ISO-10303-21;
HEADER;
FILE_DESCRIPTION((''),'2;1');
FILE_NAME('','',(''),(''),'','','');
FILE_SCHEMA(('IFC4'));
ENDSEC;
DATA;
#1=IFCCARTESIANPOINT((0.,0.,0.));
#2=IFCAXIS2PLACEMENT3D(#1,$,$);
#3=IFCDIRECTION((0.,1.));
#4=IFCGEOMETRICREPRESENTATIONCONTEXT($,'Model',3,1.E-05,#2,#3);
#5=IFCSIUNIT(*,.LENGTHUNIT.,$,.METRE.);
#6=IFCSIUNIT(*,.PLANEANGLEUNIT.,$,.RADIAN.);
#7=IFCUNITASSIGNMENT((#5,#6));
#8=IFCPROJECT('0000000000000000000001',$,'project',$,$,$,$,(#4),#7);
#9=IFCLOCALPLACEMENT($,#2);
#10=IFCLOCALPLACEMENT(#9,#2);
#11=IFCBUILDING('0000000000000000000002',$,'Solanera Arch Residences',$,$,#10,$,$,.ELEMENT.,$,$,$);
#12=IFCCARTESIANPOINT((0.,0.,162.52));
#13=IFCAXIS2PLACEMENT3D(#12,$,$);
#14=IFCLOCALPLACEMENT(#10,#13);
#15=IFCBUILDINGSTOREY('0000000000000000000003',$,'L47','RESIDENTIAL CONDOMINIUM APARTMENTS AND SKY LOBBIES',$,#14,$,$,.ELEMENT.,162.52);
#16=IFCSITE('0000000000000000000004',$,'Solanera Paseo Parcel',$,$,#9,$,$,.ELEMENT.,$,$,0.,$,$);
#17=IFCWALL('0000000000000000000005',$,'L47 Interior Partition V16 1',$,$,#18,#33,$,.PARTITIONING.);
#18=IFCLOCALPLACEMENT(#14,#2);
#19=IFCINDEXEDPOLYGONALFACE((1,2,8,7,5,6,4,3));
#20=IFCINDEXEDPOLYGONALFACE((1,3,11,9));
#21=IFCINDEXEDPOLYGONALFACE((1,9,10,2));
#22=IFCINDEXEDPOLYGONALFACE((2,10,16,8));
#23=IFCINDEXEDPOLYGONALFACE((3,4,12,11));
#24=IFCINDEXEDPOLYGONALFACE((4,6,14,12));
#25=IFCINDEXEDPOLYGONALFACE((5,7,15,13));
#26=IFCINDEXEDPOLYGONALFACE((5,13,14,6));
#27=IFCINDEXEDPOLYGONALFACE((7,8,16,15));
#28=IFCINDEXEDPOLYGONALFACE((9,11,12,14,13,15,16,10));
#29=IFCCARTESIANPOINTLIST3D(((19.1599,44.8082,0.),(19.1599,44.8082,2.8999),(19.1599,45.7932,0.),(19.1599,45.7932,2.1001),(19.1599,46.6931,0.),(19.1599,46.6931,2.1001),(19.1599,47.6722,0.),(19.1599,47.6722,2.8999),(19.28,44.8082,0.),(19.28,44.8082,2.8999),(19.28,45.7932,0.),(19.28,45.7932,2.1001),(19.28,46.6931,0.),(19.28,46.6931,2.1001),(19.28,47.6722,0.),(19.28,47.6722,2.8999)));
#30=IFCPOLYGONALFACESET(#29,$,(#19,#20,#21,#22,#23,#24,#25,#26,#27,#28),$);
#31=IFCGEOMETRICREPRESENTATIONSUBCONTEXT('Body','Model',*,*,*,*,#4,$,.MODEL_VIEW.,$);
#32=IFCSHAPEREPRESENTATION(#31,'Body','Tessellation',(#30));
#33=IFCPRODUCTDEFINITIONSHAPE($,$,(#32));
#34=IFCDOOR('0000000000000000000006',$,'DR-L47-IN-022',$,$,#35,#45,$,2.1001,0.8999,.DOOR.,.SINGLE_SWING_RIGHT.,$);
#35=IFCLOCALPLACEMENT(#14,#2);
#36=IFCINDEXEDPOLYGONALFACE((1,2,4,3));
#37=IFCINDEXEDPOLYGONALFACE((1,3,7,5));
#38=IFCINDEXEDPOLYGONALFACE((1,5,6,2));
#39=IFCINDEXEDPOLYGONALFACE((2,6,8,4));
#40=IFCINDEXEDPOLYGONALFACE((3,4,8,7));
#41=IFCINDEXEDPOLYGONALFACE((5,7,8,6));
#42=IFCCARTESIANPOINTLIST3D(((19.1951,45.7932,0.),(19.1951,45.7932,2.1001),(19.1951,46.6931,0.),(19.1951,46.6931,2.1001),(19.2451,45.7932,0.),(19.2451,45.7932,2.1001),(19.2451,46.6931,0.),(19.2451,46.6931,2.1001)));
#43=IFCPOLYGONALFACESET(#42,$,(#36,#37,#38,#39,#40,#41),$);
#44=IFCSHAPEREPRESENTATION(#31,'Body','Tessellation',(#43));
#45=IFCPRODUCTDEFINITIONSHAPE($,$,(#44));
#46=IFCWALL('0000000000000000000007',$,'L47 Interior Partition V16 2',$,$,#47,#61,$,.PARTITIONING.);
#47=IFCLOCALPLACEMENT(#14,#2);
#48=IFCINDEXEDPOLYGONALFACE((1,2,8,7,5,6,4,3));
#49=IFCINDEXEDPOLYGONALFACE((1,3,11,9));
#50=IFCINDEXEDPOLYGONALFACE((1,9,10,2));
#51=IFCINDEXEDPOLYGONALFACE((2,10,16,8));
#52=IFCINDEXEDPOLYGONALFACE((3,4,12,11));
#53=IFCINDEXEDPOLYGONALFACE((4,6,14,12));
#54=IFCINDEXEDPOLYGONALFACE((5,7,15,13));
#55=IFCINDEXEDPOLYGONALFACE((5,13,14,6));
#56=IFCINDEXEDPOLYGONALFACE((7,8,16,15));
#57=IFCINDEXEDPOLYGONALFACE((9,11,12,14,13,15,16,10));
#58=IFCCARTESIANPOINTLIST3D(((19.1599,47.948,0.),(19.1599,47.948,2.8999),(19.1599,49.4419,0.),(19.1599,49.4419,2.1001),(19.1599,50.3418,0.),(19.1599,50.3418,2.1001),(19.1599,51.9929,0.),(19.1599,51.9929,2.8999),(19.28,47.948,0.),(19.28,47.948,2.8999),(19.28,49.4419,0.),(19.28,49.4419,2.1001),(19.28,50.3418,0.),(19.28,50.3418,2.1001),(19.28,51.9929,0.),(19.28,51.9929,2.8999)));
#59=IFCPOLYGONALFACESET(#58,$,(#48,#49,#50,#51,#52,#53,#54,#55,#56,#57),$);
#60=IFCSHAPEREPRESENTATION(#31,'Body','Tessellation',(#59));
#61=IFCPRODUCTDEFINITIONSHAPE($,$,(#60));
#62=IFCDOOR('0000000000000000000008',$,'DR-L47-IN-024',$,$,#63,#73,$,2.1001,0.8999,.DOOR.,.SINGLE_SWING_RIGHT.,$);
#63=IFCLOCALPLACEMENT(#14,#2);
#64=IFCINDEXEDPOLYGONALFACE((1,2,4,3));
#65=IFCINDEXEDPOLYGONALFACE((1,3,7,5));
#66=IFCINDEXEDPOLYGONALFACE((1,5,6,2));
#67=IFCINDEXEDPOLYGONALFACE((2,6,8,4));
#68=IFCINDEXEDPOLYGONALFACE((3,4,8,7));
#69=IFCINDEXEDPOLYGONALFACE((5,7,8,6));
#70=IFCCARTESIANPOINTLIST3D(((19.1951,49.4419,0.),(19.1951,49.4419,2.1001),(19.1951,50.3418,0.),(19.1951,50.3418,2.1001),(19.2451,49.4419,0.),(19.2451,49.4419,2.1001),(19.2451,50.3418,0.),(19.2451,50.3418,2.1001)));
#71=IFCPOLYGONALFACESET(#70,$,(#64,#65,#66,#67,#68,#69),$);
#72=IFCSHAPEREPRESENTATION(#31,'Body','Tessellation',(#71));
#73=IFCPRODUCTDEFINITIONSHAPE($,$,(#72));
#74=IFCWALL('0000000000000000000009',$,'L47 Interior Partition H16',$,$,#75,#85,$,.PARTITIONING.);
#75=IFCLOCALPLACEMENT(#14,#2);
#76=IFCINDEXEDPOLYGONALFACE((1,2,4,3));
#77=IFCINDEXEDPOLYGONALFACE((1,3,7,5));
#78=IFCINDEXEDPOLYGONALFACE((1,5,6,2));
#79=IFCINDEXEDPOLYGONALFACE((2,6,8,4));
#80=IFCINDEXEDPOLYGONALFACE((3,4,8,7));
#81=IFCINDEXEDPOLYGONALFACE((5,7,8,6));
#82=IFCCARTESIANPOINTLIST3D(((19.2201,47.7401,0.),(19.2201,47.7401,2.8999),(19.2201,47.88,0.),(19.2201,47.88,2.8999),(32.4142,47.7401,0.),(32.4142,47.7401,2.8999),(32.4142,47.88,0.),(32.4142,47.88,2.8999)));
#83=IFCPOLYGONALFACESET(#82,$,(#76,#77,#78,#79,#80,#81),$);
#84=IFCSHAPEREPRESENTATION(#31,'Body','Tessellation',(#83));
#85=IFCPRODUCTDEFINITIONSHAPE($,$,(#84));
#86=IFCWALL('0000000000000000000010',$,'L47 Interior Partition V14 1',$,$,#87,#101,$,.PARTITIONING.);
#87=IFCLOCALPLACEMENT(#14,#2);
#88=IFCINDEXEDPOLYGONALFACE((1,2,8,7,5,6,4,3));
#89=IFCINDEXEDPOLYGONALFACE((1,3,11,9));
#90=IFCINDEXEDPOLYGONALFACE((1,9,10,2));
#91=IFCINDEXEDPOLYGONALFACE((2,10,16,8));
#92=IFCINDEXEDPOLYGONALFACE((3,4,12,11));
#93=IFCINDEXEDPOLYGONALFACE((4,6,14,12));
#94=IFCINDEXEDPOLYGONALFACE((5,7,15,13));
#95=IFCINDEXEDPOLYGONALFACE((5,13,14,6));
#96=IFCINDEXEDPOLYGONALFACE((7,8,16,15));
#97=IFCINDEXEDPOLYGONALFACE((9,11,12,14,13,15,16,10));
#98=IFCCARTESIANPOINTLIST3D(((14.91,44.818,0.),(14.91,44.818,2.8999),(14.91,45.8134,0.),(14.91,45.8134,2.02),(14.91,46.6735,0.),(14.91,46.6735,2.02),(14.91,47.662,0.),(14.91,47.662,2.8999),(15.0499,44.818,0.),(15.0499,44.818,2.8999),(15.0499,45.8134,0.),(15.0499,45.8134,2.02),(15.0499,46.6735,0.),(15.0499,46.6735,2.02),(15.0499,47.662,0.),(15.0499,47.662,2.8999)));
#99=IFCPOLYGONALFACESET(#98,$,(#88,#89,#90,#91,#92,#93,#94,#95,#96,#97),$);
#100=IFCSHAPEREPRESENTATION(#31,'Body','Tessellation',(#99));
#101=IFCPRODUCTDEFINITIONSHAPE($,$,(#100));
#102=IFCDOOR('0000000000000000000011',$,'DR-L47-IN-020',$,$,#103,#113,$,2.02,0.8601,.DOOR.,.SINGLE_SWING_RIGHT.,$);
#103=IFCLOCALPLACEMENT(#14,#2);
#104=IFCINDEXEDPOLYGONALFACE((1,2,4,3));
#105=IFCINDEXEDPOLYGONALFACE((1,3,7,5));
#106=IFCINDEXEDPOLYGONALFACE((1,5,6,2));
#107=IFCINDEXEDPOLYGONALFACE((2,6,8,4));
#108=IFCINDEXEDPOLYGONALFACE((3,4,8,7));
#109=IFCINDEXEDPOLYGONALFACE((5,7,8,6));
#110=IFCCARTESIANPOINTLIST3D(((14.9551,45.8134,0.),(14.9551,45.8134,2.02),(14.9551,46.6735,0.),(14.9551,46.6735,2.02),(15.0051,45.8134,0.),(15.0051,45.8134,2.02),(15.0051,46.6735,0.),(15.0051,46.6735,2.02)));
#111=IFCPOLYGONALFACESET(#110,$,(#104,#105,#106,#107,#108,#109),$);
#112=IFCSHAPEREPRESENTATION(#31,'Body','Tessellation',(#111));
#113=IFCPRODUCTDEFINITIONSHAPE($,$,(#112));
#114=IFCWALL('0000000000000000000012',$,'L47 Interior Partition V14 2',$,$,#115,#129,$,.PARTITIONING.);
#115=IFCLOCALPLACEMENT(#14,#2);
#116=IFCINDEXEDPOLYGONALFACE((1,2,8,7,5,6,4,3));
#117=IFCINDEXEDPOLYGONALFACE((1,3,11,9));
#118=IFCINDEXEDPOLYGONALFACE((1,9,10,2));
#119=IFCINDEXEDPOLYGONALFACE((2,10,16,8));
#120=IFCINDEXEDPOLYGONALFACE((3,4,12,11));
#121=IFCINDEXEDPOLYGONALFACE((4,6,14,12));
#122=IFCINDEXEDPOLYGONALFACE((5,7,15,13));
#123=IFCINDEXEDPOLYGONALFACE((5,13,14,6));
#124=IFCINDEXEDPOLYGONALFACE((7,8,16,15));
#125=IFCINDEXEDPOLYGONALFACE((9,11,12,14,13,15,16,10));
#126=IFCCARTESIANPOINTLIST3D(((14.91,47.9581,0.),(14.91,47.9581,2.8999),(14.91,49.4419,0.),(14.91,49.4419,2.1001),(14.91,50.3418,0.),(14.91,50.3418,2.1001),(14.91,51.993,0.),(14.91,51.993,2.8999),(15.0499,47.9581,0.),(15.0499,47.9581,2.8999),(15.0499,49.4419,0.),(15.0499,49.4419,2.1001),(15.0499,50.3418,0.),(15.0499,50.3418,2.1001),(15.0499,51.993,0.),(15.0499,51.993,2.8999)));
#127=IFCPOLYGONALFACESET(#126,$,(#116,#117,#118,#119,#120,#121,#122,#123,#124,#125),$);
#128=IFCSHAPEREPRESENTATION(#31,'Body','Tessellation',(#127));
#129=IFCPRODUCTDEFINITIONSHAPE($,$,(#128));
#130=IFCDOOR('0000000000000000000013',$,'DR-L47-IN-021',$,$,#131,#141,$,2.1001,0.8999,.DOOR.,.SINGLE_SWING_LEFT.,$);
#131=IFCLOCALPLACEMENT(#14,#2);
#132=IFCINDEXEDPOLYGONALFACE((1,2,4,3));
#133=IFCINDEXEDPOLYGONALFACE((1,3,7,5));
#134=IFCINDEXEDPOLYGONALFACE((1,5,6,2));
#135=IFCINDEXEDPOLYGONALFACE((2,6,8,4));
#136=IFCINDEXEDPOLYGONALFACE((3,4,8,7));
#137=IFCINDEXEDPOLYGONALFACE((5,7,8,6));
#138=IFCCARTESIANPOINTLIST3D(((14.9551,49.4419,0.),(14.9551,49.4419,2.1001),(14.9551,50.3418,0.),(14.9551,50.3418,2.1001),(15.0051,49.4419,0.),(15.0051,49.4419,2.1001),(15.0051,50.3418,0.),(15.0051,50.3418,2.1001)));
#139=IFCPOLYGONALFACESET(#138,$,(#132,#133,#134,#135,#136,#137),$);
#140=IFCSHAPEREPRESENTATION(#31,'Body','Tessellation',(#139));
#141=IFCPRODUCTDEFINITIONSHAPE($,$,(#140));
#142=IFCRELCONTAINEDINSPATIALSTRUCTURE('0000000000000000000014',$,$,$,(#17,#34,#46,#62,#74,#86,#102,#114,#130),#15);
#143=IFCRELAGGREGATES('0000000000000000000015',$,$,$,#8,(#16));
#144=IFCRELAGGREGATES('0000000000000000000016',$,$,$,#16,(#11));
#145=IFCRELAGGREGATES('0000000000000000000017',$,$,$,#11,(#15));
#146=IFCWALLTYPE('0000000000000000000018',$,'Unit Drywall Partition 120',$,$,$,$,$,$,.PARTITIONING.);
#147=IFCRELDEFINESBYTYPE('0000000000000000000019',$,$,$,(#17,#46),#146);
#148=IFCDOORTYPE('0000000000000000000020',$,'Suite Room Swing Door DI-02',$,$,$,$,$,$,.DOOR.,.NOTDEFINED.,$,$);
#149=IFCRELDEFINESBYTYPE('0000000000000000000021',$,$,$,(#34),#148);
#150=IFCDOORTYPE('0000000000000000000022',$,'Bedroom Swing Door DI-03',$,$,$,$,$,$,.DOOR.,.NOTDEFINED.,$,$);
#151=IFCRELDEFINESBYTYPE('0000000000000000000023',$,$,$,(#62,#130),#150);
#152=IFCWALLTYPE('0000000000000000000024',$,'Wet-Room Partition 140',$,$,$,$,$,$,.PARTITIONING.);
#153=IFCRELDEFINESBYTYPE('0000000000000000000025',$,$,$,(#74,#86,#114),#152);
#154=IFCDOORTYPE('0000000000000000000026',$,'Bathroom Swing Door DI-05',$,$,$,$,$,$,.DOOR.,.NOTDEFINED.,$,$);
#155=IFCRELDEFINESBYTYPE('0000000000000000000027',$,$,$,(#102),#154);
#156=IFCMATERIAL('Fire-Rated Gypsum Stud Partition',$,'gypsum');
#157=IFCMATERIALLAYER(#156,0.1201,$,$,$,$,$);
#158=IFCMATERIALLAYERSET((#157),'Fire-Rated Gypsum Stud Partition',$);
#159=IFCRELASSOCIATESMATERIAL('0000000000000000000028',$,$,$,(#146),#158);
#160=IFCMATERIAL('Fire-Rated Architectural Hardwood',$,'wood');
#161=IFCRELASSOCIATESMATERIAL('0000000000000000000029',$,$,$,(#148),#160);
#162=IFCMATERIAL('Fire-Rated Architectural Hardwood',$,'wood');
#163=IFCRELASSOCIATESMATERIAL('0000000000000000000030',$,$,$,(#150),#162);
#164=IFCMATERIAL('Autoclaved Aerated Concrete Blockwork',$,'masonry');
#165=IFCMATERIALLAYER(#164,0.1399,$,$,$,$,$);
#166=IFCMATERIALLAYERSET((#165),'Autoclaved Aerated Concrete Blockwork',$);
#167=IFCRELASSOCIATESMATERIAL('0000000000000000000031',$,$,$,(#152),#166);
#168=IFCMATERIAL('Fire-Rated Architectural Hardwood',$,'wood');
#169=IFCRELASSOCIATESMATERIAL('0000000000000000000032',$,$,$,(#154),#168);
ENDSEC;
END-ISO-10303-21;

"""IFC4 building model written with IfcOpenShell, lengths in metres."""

from ifc_helpers import new_model, si_unit, direction, frame, frame_2d, origin, place, context, subcontext, project, spatial, rectangle, extrude, material, layer, layer_set, type_object, element, fill, save


model = new_model("IFC4")

# Units and contexts
model_context = context("Model", 3, precision=1e-05, world=origin(), true_north=direction((0.0, 1.0)))
body_context = subcontext(model_context, "Body", "Model", "MODEL_VIEW")
ifc_project = project(units=[si_unit("LENGTHUNIT", "METRE"), si_unit("PLANEANGLEUNIT", "RADIAN")], contexts=[model_context])

# Site, building, storey
site_placement = place(None, origin())
site = spatial("IfcSite", under=ifc_project, at=site_placement, Name="Solanera Paseo Parcel", CompositionType="ELEMENT", RefElevation=0.0)
building_placement = place(site_placement, origin())
building = spatial("IfcBuilding", under=site, at=building_placement, Name="Solanera Arch Residences", CompositionType="ELEMENT")
storey_placement = place(building_placement, frame((0.0, 0.0, 162.52)))
storey = spatial("IfcBuildingStorey", under=building, at=storey_placement, Name="L47", Description="RESIDENTIAL CONDOMINIUM APARTMENTS AND SKY LOBBIES", CompositionType="ELEMENT", Elevation=162.52)

# Walls, openings, doors
ifc_material_1 = material(Name="Fire-Rated Gypsum Stud Partition", Category="gypsum")
ifc_layer_1 = layer(ifc_material_1, 0.1201)
ifc_layer_set_1 = layer_set([ifc_layer_1], Name="Fire-Rated Gypsum Stud Partition")
wall_type_1 = type_object("IfcWallType", Name="Unit Drywall Partition 120", PredefinedType="PARTITIONING", material=ifc_layer_set_1)
wall_1_placement = place(storey_placement, frame((19.22, 44.8081, 0.0), z_axis=(0.0, 0.0, 1.0), x_axis=(0.0, 1.0, 0.0)))
wall_1 = element("IfcWall", 1, at=wall_1_placement, inside=storey, type_object=wall_type_1, Name="L47 Interior Partition V16 1", PredefinedType="PARTITIONING", context=body_context, shape_type="SweptSolid", body=[
    extrude(rectangle(XDim=2.864, YDim=0.1201, at=frame_2d((1.4321, 0.0))), origin(), (0.0, 0.0, 1.0), 2.8999),
])
opening_1_placement = place(wall_1_placement, frame((0.9851, 0.0, 0.0)))
opening_1 = element("IfcOpeningElement", 2, at=opening_1_placement, cuts=wall_1, PredefinedType="OPENING", context=body_context, shape_type="SweptSolid", body=[
    extrude(rectangle(XDim=0.8999, YDim=2.1001, at=frame_2d((0.45, 1.05))), frame((0.0, 0.0701, 0.0), z_axis=(0.0, -1.0, 0.0), x_axis=(1.0, 0.0, 0.0)), (0.0, 0.0, 1.0), 0.1401),
])
ifc_material_2 = material(Name="Fire-Rated Architectural Hardwood", Category="wood")
door_type_1 = type_object("IfcDoorType", Name="Suite Room Swing Door DI-02", OperationType="NOTDEFINED", PredefinedType="DOOR", material=ifc_material_2)
door_1_placement = place(opening_1_placement, origin())
door_1 = element("IfcDoor", 3, at=door_1_placement, inside=storey, type_object=door_type_1, Name="DR-L47-IN-022", OperationType="SINGLE_SWING_RIGHT", OverallHeight=2.1001, OverallWidth=0.8999, PredefinedType="DOOR", context=body_context, shape_type="SweptSolid", body=[
    extrude(rectangle(XDim=0.8999, YDim=2.1001, at=frame_2d((0.45, 1.05))), frame((0.0, 0.0249, 0.0), z_axis=(0.0, -1.0, 0.0), x_axis=(1.0, 0.0, 0.0)), (0.0, 0.0, 1.0), 0.05),
])
fill(opening_1, door_1)
wall_2_placement = place(storey_placement, frame((19.22, 47.948, 0.0), z_axis=(0.0, 0.0, 1.0), x_axis=(0.0, 1.0, 0.0)))
wall_2 = element("IfcWall", 4, at=wall_2_placement, inside=storey, type_object=wall_type_1, Name="L47 Interior Partition V16 2", PredefinedType="PARTITIONING", context=body_context, shape_type="SweptSolid", body=[
    extrude(rectangle(XDim=4.0449, YDim=0.1201, at=frame_2d((2.0225, 0.0))), origin(), (0.0, 0.0, 1.0), 2.8999),
])
opening_2_placement = place(wall_2_placement, frame((1.4939, 0.0, 0.0)))
opening_2 = element("IfcOpeningElement", 5, at=opening_2_placement, cuts=wall_2, PredefinedType="OPENING", context=body_context, shape_type="SweptSolid", body=[
    extrude(rectangle(XDim=0.8999, YDim=2.1001, at=frame_2d((0.45, 1.05))), frame((0.0, 0.0701, 0.0), z_axis=(0.0, -1.0, 0.0), x_axis=(1.0, 0.0, 0.0)), (0.0, 0.0, 1.0), 0.1401),
])
ifc_material_3 = material(Name="Fire-Rated Architectural Hardwood", Category="wood")
door_type_2 = type_object("IfcDoorType", Name="Bedroom Swing Door DI-03", OperationType="NOTDEFINED", PredefinedType="DOOR", material=ifc_material_3)
door_2_placement = place(opening_2_placement, origin())
door_2 = element("IfcDoor", 6, at=door_2_placement, inside=storey, type_object=door_type_2, Name="DR-L47-IN-024", OperationType="SINGLE_SWING_RIGHT", OverallHeight=2.1001, OverallWidth=0.8999, PredefinedType="DOOR", context=body_context, shape_type="SweptSolid", body=[
    extrude(rectangle(XDim=0.8999, YDim=2.1001, at=frame_2d((0.45, 1.05))), frame((0.0, 0.0249, 0.0), z_axis=(0.0, -1.0, 0.0), x_axis=(1.0, 0.0, 0.0)), (0.0, 0.0, 1.0), 0.05),
])
fill(opening_2, door_2)

# Wall
ifc_material_4 = material(Name="Autoclaved Aerated Concrete Blockwork", Category="masonry")
ifc_layer_2 = layer(ifc_material_4, 0.1399)
ifc_layer_set_2 = layer_set([ifc_layer_2], Name="Autoclaved Aerated Concrete Blockwork")
wall_type_2 = type_object("IfcWallType", Name="Wet-Room Partition 140", PredefinedType="PARTITIONING", material=ifc_layer_set_2)
wall_3_placement = place(storey_placement, frame((19.22, 47.8101, 0.0), z_axis=(0.0, 0.0, 1.0), x_axis=(1.0, 0.0, 0.0)))
element("IfcWall", 7, at=wall_3_placement, inside=storey, type_object=wall_type_2, Name="L47 Interior Partition H16", PredefinedType="PARTITIONING", context=body_context, shape_type="SweptSolid", body=[
    extrude(rectangle(XDim=13.1941, YDim=0.1399, at=frame_2d((6.5972, 0.0))), origin(), (0.0, 0.0, 1.0), 2.8999),
])

# Walls, openings, doors
wall_4_placement = place(storey_placement, frame((14.98, 44.8181, 0.0), z_axis=(0.0, 0.0, 1.0), x_axis=(0.0, 1.0, 0.0)))
wall_4 = element("IfcWall", 8, at=wall_4_placement, inside=storey, type_object=wall_type_2, Name="L47 Interior Partition V14 1", PredefinedType="PARTITIONING", context=body_context, shape_type="SweptSolid", body=[
    extrude(rectangle(XDim=2.844, YDim=0.1399, at=frame_2d((1.4219, 0.0))), origin(), (0.0, 0.0, 1.0), 2.8999),
])
opening_3_placement = place(wall_4_placement, frame((0.9951, 0.0, 0.0)))
opening_3 = element("IfcOpeningElement", 9, at=opening_3_placement, cuts=wall_4, PredefinedType="OPENING", context=body_context, shape_type="SweptSolid", body=[
    extrude(rectangle(XDim=0.8601, YDim=2.02, at=frame_2d((0.4302, 1.01))), frame((0.0, 0.0798, 0.0), z_axis=(0.0, -1.0, 0.0), x_axis=(1.0, 0.0, 0.0)), (0.0, 0.0, 1.0), 0.1599),
])
ifc_material_5 = material(Name="Fire-Rated Architectural Hardwood", Category="wood")
door_type_3 = type_object("IfcDoorType", Name="Bathroom Swing Door DI-05", OperationType="NOTDEFINED", PredefinedType="DOOR", material=ifc_material_5)
door_3_placement = place(opening_3_placement, origin())
door_3 = element("IfcDoor", 10, at=door_3_placement, inside=storey, type_object=door_type_3, Name="DR-L47-IN-020", OperationType="SINGLE_SWING_RIGHT", OverallHeight=2.02, OverallWidth=0.8601, PredefinedType="DOOR", context=body_context, shape_type="SweptSolid", body=[
    extrude(rectangle(XDim=0.8601, YDim=2.02, at=frame_2d((0.4302, 1.01))), frame((0.0, 0.0249, 0.0), z_axis=(0.0, -1.0, 0.0), x_axis=(1.0, 0.0, 0.0)), (0.0, 0.0, 1.0), 0.05),
])
fill(opening_3, door_3)
wall_5_placement = place(storey_placement, frame((14.98, 47.958, 0.0), z_axis=(0.0, 0.0, 1.0), x_axis=(0.0, 1.0, 0.0)))
wall_5 = element("IfcWall", 11, at=wall_5_placement, inside=storey, type_object=wall_type_2, Name="L47 Interior Partition V14 2", PredefinedType="PARTITIONING", context=body_context, shape_type="SweptSolid", body=[
    extrude(rectangle(XDim=4.0349, YDim=0.1399, at=frame_2d((2.0176, 0.0))), origin(), (0.0, 0.0, 1.0), 2.8999),
])
opening_4_placement = place(wall_5_placement, frame((1.4839, 0.0, 0.0)))
opening_4 = element("IfcOpeningElement", 12, at=opening_4_placement, cuts=wall_5, PredefinedType="OPENING", context=body_context, shape_type="SweptSolid", body=[
    extrude(rectangle(XDim=0.8999, YDim=2.1001, at=frame_2d((0.45, 1.05))), frame((0.0, 0.0798, 0.0), z_axis=(0.0, -1.0, 0.0), x_axis=(1.0, 0.0, 0.0)), (0.0, 0.0, 1.0), 0.1599),
])
door_4_placement = place(opening_4_placement, origin())
door_4 = element("IfcDoor", 13, at=door_4_placement, inside=storey, type_object=door_type_2, Name="DR-L47-IN-021", OperationType="SINGLE_SWING_LEFT", OverallHeight=2.1001, OverallWidth=0.8999, PredefinedType="DOOR", context=body_context, shape_type="SweptSolid", body=[
    extrude(rectangle(XDim=0.8999, YDim=2.1001, at=frame_2d((0.45, 1.05))), frame((0.0, 0.0249, 0.0), z_axis=(0.0, -1.0, 0.0), x_axis=(1.0, 0.0, 0.0)), (0.0, 0.0, 1.0), 0.05),
])
fill(opening_4, door_4)

save(model, "model.ifc")
